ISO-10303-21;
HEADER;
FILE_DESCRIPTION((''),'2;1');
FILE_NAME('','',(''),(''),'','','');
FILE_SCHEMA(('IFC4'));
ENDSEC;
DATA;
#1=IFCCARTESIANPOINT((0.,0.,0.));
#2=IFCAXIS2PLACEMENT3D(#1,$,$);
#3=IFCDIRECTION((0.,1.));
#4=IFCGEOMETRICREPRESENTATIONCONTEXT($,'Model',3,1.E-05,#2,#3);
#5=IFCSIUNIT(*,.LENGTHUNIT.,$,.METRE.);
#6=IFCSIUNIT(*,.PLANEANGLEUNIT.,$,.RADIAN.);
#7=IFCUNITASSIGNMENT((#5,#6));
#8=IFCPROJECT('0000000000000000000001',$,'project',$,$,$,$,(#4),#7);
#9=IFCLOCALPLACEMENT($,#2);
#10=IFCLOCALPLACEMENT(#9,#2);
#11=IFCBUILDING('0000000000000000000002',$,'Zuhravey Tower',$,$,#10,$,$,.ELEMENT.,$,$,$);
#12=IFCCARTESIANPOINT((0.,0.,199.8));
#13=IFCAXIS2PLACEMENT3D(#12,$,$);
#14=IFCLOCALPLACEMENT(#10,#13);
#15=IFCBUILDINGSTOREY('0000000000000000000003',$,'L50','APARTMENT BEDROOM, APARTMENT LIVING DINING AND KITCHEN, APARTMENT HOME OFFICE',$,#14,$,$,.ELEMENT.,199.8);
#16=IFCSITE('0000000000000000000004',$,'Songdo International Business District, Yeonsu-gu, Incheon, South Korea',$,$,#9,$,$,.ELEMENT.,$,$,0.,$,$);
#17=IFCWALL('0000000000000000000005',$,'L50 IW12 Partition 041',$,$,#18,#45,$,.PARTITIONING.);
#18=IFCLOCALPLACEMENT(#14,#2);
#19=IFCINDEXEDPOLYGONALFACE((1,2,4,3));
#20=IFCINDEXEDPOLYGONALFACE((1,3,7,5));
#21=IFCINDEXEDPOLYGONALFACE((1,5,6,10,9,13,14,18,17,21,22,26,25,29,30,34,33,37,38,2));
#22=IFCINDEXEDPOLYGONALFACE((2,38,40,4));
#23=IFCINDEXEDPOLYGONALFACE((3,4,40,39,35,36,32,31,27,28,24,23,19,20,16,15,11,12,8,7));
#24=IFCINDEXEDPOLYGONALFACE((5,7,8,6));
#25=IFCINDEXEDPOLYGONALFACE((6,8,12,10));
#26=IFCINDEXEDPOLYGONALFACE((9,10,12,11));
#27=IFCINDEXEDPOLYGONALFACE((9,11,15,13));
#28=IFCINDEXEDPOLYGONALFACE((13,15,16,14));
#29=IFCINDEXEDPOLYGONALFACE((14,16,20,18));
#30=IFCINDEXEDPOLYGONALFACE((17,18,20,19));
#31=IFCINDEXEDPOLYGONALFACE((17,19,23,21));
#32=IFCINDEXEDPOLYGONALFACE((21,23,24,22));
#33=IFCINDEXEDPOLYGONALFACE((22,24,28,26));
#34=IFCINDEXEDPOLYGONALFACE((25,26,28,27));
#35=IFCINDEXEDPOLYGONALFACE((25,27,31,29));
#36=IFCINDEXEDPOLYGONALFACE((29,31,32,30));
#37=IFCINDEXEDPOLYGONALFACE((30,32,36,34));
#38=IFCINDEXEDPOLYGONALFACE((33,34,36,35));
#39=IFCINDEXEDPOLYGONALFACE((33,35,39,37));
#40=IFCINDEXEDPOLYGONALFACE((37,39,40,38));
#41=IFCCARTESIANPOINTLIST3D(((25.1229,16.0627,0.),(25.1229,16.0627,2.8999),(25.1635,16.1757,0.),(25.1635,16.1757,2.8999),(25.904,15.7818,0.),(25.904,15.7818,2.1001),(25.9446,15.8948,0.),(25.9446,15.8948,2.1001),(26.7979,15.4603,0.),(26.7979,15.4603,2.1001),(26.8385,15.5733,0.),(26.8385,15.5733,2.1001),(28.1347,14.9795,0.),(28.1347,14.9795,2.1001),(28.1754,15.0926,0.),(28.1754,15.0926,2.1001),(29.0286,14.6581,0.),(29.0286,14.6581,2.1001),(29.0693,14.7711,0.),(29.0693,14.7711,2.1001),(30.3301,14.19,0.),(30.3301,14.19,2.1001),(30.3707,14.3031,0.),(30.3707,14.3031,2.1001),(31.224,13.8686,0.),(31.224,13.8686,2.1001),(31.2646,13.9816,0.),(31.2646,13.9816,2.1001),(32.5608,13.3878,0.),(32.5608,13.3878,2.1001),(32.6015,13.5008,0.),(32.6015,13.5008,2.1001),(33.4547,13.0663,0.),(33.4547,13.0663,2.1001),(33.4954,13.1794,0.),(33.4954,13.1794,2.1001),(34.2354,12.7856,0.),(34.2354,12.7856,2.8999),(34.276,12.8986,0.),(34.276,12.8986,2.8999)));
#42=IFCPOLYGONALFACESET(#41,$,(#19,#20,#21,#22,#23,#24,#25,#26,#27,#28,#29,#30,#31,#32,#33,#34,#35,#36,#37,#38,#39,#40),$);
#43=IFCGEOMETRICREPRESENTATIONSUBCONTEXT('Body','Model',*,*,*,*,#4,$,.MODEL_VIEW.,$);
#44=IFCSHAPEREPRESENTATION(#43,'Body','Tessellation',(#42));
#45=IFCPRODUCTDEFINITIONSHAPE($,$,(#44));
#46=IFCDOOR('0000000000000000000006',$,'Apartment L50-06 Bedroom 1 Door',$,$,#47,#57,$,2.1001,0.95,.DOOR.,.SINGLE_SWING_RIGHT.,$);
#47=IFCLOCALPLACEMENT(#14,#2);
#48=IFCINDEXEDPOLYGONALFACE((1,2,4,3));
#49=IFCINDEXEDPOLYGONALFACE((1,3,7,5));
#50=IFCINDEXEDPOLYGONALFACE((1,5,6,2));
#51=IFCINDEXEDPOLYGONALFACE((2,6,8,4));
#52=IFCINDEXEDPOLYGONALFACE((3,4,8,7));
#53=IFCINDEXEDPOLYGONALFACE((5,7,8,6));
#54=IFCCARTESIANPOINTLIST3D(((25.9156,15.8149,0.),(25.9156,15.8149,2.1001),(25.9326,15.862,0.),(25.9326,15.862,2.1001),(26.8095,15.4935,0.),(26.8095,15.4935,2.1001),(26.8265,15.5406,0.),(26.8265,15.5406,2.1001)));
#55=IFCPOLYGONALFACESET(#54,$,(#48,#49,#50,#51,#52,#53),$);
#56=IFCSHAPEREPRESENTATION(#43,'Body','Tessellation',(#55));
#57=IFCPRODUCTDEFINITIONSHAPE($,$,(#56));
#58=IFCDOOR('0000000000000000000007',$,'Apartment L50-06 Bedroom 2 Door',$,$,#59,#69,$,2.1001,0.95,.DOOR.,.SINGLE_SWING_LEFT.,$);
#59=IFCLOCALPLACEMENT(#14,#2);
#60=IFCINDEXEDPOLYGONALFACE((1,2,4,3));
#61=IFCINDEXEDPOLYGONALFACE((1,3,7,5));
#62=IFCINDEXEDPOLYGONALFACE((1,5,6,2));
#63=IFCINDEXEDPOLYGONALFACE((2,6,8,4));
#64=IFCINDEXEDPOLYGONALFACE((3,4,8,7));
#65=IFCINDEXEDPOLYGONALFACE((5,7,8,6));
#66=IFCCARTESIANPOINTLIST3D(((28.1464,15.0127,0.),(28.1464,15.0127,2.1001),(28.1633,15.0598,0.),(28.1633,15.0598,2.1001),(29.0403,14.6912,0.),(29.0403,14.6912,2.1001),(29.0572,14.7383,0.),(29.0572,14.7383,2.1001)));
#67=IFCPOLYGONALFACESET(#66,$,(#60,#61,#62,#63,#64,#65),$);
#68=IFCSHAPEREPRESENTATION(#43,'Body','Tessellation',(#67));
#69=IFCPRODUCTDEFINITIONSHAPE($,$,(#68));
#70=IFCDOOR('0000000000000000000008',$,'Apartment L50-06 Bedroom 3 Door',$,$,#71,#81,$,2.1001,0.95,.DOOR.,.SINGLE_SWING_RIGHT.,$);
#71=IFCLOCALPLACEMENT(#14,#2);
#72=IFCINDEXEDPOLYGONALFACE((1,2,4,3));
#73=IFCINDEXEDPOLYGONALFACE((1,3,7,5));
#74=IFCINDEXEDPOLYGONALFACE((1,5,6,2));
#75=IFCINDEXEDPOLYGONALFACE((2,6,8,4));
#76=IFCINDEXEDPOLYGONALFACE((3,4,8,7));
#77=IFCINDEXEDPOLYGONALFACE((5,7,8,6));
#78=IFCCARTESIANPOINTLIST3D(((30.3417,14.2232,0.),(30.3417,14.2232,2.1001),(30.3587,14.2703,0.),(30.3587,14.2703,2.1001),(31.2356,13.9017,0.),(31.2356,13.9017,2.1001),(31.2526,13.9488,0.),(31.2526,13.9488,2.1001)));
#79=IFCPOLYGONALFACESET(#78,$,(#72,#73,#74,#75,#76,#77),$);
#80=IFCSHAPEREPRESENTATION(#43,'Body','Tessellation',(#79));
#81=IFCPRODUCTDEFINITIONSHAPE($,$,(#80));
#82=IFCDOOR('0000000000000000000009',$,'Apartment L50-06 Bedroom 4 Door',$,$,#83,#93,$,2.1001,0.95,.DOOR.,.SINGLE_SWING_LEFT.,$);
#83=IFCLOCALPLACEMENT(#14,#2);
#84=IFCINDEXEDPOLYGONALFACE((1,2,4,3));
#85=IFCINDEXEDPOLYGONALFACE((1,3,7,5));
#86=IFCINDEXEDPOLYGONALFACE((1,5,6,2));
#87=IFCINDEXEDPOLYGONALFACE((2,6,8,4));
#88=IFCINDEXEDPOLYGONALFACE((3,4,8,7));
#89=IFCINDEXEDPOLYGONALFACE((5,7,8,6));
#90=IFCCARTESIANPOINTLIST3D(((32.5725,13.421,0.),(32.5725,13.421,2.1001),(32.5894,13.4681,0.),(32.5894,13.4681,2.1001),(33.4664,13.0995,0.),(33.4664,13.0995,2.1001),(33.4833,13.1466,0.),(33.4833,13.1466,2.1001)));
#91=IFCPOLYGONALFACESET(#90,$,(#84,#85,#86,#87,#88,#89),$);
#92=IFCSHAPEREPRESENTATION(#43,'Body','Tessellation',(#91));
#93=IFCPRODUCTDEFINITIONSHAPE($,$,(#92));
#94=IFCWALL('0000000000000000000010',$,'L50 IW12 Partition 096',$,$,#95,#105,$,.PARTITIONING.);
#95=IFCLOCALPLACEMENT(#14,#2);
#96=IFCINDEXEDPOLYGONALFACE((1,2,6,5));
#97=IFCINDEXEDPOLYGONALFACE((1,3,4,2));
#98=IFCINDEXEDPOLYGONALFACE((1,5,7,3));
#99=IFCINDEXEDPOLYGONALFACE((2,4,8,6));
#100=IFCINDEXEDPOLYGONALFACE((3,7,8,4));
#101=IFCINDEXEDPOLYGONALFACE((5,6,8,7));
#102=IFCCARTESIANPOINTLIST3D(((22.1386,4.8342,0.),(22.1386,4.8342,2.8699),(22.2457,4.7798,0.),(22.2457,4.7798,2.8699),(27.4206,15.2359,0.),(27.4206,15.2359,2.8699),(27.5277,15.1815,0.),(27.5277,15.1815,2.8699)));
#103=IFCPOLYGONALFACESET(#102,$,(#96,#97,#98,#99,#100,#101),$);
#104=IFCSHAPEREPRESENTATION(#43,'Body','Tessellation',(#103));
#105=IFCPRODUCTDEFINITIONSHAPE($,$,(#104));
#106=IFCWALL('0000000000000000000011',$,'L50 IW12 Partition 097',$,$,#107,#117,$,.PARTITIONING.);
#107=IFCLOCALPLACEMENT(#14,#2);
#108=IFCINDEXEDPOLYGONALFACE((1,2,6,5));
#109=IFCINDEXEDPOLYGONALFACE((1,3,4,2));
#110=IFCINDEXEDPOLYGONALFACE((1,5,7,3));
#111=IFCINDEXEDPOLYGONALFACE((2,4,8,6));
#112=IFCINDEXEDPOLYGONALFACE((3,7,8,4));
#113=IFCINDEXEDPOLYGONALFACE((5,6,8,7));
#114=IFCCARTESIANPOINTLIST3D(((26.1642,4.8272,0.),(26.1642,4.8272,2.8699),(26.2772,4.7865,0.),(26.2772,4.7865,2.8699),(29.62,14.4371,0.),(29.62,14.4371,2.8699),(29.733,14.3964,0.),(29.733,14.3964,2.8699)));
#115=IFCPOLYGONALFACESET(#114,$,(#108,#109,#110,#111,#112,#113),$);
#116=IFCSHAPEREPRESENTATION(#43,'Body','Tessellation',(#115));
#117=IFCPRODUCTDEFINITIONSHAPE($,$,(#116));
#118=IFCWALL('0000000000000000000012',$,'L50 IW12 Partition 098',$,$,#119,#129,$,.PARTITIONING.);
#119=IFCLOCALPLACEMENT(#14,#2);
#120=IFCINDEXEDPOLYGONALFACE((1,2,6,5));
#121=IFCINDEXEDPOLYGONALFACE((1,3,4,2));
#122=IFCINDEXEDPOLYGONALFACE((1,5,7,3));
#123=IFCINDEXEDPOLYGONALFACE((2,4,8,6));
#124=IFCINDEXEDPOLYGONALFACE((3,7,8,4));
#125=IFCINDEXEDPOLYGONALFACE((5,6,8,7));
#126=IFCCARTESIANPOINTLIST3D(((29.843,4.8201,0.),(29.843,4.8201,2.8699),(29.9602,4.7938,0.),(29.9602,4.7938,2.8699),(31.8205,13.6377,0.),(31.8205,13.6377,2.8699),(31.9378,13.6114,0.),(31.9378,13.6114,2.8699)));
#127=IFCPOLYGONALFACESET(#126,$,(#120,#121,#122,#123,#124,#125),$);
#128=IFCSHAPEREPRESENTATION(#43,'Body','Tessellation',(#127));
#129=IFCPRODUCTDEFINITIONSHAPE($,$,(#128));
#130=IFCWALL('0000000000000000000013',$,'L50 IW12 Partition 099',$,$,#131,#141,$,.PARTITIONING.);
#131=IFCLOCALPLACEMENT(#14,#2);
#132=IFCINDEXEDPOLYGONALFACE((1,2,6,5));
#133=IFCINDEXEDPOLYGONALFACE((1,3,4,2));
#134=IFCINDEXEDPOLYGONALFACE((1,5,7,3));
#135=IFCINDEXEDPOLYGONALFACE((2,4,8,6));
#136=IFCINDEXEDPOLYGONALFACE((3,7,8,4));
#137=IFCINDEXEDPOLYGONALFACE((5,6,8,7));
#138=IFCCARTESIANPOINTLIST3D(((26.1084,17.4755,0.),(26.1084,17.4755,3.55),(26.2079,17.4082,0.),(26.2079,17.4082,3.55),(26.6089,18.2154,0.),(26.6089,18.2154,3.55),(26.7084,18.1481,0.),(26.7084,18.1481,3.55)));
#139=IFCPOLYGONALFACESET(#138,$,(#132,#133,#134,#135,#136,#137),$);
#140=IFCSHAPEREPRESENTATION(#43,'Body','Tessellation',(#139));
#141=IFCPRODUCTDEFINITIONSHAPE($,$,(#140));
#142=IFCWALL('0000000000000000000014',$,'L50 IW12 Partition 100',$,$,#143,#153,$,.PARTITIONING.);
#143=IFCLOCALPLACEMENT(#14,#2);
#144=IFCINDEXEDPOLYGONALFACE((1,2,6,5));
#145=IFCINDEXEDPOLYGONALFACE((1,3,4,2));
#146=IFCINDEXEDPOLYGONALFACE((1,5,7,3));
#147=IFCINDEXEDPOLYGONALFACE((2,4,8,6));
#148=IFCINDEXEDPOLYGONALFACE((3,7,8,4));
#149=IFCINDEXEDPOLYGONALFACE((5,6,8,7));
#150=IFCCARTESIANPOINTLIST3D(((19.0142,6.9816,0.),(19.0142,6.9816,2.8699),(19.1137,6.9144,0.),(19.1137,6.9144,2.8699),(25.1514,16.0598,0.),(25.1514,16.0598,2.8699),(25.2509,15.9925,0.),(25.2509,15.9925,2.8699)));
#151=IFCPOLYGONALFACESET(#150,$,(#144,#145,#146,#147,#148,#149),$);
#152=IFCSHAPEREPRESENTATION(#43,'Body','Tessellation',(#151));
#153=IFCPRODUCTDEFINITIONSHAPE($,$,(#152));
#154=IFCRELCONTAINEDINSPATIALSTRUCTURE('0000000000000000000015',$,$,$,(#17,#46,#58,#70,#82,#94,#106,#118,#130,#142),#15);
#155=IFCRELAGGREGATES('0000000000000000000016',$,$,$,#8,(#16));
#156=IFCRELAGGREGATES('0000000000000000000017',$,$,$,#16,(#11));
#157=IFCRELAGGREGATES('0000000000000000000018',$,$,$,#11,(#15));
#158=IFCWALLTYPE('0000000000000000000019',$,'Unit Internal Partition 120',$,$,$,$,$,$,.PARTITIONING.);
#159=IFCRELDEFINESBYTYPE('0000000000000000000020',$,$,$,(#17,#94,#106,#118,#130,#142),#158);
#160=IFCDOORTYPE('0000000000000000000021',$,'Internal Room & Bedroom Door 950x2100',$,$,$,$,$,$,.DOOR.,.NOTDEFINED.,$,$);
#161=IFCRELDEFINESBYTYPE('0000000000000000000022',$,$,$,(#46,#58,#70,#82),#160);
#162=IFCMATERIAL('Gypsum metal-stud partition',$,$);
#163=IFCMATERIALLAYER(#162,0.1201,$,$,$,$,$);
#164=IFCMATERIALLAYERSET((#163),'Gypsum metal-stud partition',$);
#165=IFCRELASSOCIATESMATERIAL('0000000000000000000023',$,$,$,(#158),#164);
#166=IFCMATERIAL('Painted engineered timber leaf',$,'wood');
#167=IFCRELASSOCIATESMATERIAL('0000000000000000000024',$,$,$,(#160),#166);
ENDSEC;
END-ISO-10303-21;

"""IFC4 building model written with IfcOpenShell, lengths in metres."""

from ifc_helpers import new_model, si_unit, direction, frame, frame_2d, origin, place, context, subcontext, project, spatial, rectangle, extrude, material, layer, layer_set, type_object, element, fill, save


model = new_model("IFC4")

# Units and contexts
model_context = context("Model", 3, precision=1e-05, world=origin(), true_north=direction((0.0, 1.0)))
body_context = subcontext(model_context, "Body", "Model", "MODEL_VIEW")
ifc_project = project(units=[si_unit("LENGTHUNIT", "METRE"), si_unit("PLANEANGLEUNIT", "RADIAN")], contexts=[model_context])

# Site, building, storey
site_placement = place(None, origin())
site = spatial("IfcSite", under=ifc_project, at=site_placement, Name="Songdo International Business District, Yeonsu-gu, Incheon, South Korea", CompositionType="ELEMENT", RefElevation=0.0)
building_placement = place(site_placement, origin())
building = spatial("IfcBuilding", under=site, at=building_placement, Name="Zuhravey Tower", CompositionType="ELEMENT")
storey_placement = place(building_placement, frame((0.0, 0.0, 199.8)))
storey = spatial("IfcBuildingStorey", under=building, at=storey_placement, Name="L50", Description="APARTMENT BEDROOM, APARTMENT LIVING DINING AND KITCHEN, APARTMENT HOME OFFICE", CompositionType="ELEMENT", Elevation=199.8)

# Wall, openings, doors
ifc_material_1 = material(Name="Gypsum metal-stud partition")
ifc_layer_1 = layer(ifc_material_1, 0.1201)
ifc_layer_set_1 = layer_set([ifc_layer_1], Name="Gypsum metal-stud partition")
wall_type_1 = type_object("IfcWallType", Name="Unit Internal Partition 120", PredefinedType="PARTITIONING", material=ifc_layer_set_1)
ifc_material_2 = material(Name="Painted engineered timber leaf", Category="wood")
door_type_1 = type_object("IfcDoorType", Name="Internal Room & Bedroom Door 950x2100", OperationType="NOTDEFINED", PredefinedType="DOOR", material=ifc_material_2)
wall_1_placement = place(storey_placement, frame((25.1433, 16.1191, 0.0), z_axis=(0.0, 0.0, 1.0), x_axis=(0.941, -0.338407, 0.0)))
wall_1 = element("IfcWall", 1, at=wall_1_placement, inside=storey, type_object=wall_type_1, Name="L50 IW12 Partition 041", PredefinedType="PARTITIONING", context=body_context, shape_type="SweptSolid", body=[
    extrude(rectangle(XDim=9.6838, YDim=0.1201, at=frame_2d((4.8418, 0.0))), origin(), (0.0, 0.0, 1.0), 2.8999),
])
opening_1_placement = place(wall_1_placement, frame((0.8298, 0.0, 0.0)))
opening_1 = element("IfcOpeningElement", 2, at=opening_1_placement, cuts=wall_1, PredefinedType="OPENING", context=body_context, shape_type="SweptSolid", body=[
    extrude(rectangle(XDim=0.95, YDim=2.1001, at=frame_2d((0.4751, 1.05))), frame((0.0, 0.072, 0.0), z_axis=(0.0, -1.0, 0.0), x_axis=(1.0, 0.0, 0.0)), (0.0, 0.0, 1.0), 0.144),
])
opening_2_placement = place(wall_1_placement, frame((3.2004, 0.0, 0.0)))
opening_2 = element("IfcOpeningElement", 3, at=opening_2_placement, cuts=wall_1, PredefinedType="OPENING", context=body_context, shape_type="SweptSolid", body=[
    extrude(rectangle(XDim=0.95, YDim=2.1001, at=frame_2d((0.4751, 1.05))), frame((0.0, 0.072, 0.0), z_axis=(0.0, -1.0, 0.0), x_axis=(1.0, 0.0, 0.0)), (0.0, 0.0, 1.0), 0.144),
])
opening_3_placement = place(wall_1_placement, frame((5.5334, 0.0, 0.0)))
opening_3 = element("IfcOpeningElement", 4, at=opening_3_placement, cuts=wall_1, PredefinedType="OPENING", context=body_context, shape_type="SweptSolid", body=[
    extrude(rectangle(XDim=0.95, YDim=2.1001, at=frame_2d((0.4751, 1.05))), frame((0.0, 0.072, 0.0), z_axis=(0.0, -1.0, 0.0), x_axis=(1.0, 0.0, 0.0)), (0.0, 0.0, 1.0), 0.144),
])
opening_4_placement = place(wall_1_placement, frame((7.9041, 0.0, 0.0)))
opening_4 = element("IfcOpeningElement", 5, at=opening_4_placement, cuts=wall_1, PredefinedType="OPENING", context=body_context, shape_type="SweptSolid", body=[
    extrude(rectangle(XDim=0.95, YDim=2.1001, at=frame_2d((0.4751, 1.05))), frame((0.0, 0.072, 0.0), z_axis=(0.0, -1.0, 0.0), x_axis=(1.0, 0.0, 0.0)), (0.0, 0.0, 1.0), 0.144),
])
door_1_placement = place(opening_1_placement, frame((0.95, 0.0, 0.0), z_axis=(0.0, 0.0, 1.0), x_axis=(-1.0, 0.0, 0.0)))
door_1 = element("IfcDoor", 6, at=door_1_placement, inside=storey, type_object=door_type_1, Name="Apartment L50-06 Bedroom 1 Door", OperationType="SINGLE_SWING_RIGHT", OverallHeight=2.1001, OverallWidth=0.95, PredefinedType="DOOR", context=body_context, shape_type="SweptSolid", body=[
    extrude(rectangle(XDim=0.95, YDim=2.1001, at=frame_2d((0.4751, 1.05))), frame((0.0, 0.0249, 0.0), z_axis=(0.0, -1.0, 0.0), x_axis=(1.0, 0.0, 0.0)), (0.0, 0.0, 1.0), 0.05),
])
fill(opening_1, door_1)
door_2_placement = place(opening_2_placement, frame((0.95, 0.0, 0.0), z_axis=(0.0, 0.0, 1.0), x_axis=(-1.0, 0.0, 0.0)))
door_2 = element("IfcDoor", 7, at=door_2_placement, inside=storey, type_object=door_type_1, Name="Apartment L50-06 Bedroom 2 Door", OperationType="SINGLE_SWING_LEFT", OverallHeight=2.1001, OverallWidth=0.95, PredefinedType="DOOR", context=body_context, shape_type="SweptSolid", body=[
    extrude(rectangle(XDim=0.95, YDim=2.1001, at=frame_2d((0.4751, 1.05))), frame((0.0, 0.0249, 0.0), z_axis=(0.0, -1.0, 0.0), x_axis=(1.0, 0.0, 0.0)), (0.0, 0.0, 1.0), 0.05),
])
fill(opening_2, door_2)
door_3_placement = place(opening_3_placement, frame((0.95, 0.0, 0.0), z_axis=(0.0, 0.0, 1.0), x_axis=(-1.0, 0.0, 0.0)))
door_3 = element("IfcDoor", 8, at=door_3_placement, inside=storey, type_object=door_type_1, Name="Apartment L50-06 Bedroom 3 Door", OperationType="SINGLE_SWING_RIGHT", OverallHeight=2.1001, OverallWidth=0.95, PredefinedType="DOOR", context=body_context, shape_type="SweptSolid", body=[
    extrude(rectangle(XDim=0.95, YDim=2.1001, at=frame_2d((0.4751, 1.05))), frame((0.0, 0.0249, 0.0), z_axis=(0.0, -1.0, 0.0), x_axis=(1.0, 0.0, 0.0)), (0.0, 0.0, 1.0), 0.05),
])
fill(opening_3, door_3)
door_4_placement = place(opening_4_placement, frame((0.95, 0.0, 0.0), z_axis=(0.0, 0.0, 1.0), x_axis=(-1.0, 0.0, 0.0)))
door_4 = element("IfcDoor", 9, at=door_4_placement, inside=storey, type_object=door_type_1, Name="Apartment L50-06 Bedroom 4 Door", OperationType="SINGLE_SWING_LEFT", OverallHeight=2.1001, OverallWidth=0.95, PredefinedType="DOOR", context=body_context, shape_type="SweptSolid", body=[
    extrude(rectangle(XDim=0.95, YDim=2.1001, at=frame_2d((0.4751, 1.05))), frame((0.0, 0.0249, 0.0), z_axis=(0.0, -1.0, 0.0), x_axis=(1.0, 0.0, 0.0)), (0.0, 0.0, 1.0), 0.05),
])
fill(opening_4, door_4)

# Walls
wall_2_placement = place(storey_placement, frame((27.4741, 15.2087, 0.0), z_axis=(0.0, 0.0, 1.0), x_axis=(-0.452763, -0.891631, 0.0)))
element("IfcWall", 10, at=wall_2_placement, inside=storey, type_object=wall_type_1, Name="L50 IW12 Partition 096", PredefinedType="PARTITIONING", context=body_context, shape_type="SweptSolid", body=[
    extrude(rectangle(XDim=11.666, YDim=0.1201, at=frame_2d((5.833, 0.0))), origin(), (0.0, 0.0, 1.0), 2.8699),
])
wall_3_placement = place(storey_placement, frame((29.6765, 14.4167, 0.0), z_axis=(0.0, 0.0, 1.0), x_axis=(-0.338395, -0.941004, 0.0)))
element("IfcWall", 11, at=wall_3_placement, inside=storey, type_object=wall_type_1, Name="L50 IW12 Partition 097", PredefinedType="PARTITIONING", context=body_context, shape_type="SweptSolid", body=[
    extrude(rectangle(XDim=10.2124, YDim=0.1201, at=frame_2d((5.1062, 0.0))), origin(), (0.0, 0.0, 1.0), 2.8699),
])
wall_4_placement = place(storey_placement, frame((31.8792, 13.6245, 0.0), z_axis=(0.0, 0.0, 1.0), x_axis=(-0.218835, -0.975762, 0.0)))
element("IfcWall", 12, at=wall_4_placement, inside=storey, type_object=wall_type_1, Name="L50 IW12 Partition 098", PredefinedType="PARTITIONING", context=body_context, shape_type="SweptSolid", body=[
    extrude(rectangle(XDim=9.0366, YDim=0.1201, at=frame_2d((4.5183, 0.0))), origin(), (0.0, 0.0, 1.0), 2.8699),
])
wall_5_placement = place(storey_placement, frame((26.6587, 18.1819, 0.0), z_axis=(0.0, 0.0, 1.0), x_axis=(-0.560238, -0.828332, 0.0)))
element("IfcWall", 13, at=wall_5_placement, inside=storey, type_object=wall_type_1, Name="L50 IW12 Partition 099", PredefinedType="PARTITIONING", context=body_context, shape_type="SweptSolid", body=[
    extrude(rectangle(XDim=0.8933, YDim=0.1201, at=frame_2d((0.4468, 0.0))), origin(), (0.0, 0.0, 1.0), 3.55),
])
wall_6_placement = place(storey_placement, frame((25.2012, 16.0261, 0.0), z_axis=(0.0, 0.0, 1.0), x_axis=(-0.560067, -0.828448, 0.0)))
element("IfcWall", 14, at=wall_6_placement, inside=storey, type_object=wall_type_1, Name="L50 IW12 Partition 100", PredefinedType="PARTITIONING", context=body_context, shape_type="SweptSolid", body=[
    extrude(rectangle(XDim=10.958, YDim=0.1201, at=frame_2d((5.479, 0.0))), origin(), (0.0, 0.0, 1.0), 2.8699),
])

save(model, "model.ifc")
